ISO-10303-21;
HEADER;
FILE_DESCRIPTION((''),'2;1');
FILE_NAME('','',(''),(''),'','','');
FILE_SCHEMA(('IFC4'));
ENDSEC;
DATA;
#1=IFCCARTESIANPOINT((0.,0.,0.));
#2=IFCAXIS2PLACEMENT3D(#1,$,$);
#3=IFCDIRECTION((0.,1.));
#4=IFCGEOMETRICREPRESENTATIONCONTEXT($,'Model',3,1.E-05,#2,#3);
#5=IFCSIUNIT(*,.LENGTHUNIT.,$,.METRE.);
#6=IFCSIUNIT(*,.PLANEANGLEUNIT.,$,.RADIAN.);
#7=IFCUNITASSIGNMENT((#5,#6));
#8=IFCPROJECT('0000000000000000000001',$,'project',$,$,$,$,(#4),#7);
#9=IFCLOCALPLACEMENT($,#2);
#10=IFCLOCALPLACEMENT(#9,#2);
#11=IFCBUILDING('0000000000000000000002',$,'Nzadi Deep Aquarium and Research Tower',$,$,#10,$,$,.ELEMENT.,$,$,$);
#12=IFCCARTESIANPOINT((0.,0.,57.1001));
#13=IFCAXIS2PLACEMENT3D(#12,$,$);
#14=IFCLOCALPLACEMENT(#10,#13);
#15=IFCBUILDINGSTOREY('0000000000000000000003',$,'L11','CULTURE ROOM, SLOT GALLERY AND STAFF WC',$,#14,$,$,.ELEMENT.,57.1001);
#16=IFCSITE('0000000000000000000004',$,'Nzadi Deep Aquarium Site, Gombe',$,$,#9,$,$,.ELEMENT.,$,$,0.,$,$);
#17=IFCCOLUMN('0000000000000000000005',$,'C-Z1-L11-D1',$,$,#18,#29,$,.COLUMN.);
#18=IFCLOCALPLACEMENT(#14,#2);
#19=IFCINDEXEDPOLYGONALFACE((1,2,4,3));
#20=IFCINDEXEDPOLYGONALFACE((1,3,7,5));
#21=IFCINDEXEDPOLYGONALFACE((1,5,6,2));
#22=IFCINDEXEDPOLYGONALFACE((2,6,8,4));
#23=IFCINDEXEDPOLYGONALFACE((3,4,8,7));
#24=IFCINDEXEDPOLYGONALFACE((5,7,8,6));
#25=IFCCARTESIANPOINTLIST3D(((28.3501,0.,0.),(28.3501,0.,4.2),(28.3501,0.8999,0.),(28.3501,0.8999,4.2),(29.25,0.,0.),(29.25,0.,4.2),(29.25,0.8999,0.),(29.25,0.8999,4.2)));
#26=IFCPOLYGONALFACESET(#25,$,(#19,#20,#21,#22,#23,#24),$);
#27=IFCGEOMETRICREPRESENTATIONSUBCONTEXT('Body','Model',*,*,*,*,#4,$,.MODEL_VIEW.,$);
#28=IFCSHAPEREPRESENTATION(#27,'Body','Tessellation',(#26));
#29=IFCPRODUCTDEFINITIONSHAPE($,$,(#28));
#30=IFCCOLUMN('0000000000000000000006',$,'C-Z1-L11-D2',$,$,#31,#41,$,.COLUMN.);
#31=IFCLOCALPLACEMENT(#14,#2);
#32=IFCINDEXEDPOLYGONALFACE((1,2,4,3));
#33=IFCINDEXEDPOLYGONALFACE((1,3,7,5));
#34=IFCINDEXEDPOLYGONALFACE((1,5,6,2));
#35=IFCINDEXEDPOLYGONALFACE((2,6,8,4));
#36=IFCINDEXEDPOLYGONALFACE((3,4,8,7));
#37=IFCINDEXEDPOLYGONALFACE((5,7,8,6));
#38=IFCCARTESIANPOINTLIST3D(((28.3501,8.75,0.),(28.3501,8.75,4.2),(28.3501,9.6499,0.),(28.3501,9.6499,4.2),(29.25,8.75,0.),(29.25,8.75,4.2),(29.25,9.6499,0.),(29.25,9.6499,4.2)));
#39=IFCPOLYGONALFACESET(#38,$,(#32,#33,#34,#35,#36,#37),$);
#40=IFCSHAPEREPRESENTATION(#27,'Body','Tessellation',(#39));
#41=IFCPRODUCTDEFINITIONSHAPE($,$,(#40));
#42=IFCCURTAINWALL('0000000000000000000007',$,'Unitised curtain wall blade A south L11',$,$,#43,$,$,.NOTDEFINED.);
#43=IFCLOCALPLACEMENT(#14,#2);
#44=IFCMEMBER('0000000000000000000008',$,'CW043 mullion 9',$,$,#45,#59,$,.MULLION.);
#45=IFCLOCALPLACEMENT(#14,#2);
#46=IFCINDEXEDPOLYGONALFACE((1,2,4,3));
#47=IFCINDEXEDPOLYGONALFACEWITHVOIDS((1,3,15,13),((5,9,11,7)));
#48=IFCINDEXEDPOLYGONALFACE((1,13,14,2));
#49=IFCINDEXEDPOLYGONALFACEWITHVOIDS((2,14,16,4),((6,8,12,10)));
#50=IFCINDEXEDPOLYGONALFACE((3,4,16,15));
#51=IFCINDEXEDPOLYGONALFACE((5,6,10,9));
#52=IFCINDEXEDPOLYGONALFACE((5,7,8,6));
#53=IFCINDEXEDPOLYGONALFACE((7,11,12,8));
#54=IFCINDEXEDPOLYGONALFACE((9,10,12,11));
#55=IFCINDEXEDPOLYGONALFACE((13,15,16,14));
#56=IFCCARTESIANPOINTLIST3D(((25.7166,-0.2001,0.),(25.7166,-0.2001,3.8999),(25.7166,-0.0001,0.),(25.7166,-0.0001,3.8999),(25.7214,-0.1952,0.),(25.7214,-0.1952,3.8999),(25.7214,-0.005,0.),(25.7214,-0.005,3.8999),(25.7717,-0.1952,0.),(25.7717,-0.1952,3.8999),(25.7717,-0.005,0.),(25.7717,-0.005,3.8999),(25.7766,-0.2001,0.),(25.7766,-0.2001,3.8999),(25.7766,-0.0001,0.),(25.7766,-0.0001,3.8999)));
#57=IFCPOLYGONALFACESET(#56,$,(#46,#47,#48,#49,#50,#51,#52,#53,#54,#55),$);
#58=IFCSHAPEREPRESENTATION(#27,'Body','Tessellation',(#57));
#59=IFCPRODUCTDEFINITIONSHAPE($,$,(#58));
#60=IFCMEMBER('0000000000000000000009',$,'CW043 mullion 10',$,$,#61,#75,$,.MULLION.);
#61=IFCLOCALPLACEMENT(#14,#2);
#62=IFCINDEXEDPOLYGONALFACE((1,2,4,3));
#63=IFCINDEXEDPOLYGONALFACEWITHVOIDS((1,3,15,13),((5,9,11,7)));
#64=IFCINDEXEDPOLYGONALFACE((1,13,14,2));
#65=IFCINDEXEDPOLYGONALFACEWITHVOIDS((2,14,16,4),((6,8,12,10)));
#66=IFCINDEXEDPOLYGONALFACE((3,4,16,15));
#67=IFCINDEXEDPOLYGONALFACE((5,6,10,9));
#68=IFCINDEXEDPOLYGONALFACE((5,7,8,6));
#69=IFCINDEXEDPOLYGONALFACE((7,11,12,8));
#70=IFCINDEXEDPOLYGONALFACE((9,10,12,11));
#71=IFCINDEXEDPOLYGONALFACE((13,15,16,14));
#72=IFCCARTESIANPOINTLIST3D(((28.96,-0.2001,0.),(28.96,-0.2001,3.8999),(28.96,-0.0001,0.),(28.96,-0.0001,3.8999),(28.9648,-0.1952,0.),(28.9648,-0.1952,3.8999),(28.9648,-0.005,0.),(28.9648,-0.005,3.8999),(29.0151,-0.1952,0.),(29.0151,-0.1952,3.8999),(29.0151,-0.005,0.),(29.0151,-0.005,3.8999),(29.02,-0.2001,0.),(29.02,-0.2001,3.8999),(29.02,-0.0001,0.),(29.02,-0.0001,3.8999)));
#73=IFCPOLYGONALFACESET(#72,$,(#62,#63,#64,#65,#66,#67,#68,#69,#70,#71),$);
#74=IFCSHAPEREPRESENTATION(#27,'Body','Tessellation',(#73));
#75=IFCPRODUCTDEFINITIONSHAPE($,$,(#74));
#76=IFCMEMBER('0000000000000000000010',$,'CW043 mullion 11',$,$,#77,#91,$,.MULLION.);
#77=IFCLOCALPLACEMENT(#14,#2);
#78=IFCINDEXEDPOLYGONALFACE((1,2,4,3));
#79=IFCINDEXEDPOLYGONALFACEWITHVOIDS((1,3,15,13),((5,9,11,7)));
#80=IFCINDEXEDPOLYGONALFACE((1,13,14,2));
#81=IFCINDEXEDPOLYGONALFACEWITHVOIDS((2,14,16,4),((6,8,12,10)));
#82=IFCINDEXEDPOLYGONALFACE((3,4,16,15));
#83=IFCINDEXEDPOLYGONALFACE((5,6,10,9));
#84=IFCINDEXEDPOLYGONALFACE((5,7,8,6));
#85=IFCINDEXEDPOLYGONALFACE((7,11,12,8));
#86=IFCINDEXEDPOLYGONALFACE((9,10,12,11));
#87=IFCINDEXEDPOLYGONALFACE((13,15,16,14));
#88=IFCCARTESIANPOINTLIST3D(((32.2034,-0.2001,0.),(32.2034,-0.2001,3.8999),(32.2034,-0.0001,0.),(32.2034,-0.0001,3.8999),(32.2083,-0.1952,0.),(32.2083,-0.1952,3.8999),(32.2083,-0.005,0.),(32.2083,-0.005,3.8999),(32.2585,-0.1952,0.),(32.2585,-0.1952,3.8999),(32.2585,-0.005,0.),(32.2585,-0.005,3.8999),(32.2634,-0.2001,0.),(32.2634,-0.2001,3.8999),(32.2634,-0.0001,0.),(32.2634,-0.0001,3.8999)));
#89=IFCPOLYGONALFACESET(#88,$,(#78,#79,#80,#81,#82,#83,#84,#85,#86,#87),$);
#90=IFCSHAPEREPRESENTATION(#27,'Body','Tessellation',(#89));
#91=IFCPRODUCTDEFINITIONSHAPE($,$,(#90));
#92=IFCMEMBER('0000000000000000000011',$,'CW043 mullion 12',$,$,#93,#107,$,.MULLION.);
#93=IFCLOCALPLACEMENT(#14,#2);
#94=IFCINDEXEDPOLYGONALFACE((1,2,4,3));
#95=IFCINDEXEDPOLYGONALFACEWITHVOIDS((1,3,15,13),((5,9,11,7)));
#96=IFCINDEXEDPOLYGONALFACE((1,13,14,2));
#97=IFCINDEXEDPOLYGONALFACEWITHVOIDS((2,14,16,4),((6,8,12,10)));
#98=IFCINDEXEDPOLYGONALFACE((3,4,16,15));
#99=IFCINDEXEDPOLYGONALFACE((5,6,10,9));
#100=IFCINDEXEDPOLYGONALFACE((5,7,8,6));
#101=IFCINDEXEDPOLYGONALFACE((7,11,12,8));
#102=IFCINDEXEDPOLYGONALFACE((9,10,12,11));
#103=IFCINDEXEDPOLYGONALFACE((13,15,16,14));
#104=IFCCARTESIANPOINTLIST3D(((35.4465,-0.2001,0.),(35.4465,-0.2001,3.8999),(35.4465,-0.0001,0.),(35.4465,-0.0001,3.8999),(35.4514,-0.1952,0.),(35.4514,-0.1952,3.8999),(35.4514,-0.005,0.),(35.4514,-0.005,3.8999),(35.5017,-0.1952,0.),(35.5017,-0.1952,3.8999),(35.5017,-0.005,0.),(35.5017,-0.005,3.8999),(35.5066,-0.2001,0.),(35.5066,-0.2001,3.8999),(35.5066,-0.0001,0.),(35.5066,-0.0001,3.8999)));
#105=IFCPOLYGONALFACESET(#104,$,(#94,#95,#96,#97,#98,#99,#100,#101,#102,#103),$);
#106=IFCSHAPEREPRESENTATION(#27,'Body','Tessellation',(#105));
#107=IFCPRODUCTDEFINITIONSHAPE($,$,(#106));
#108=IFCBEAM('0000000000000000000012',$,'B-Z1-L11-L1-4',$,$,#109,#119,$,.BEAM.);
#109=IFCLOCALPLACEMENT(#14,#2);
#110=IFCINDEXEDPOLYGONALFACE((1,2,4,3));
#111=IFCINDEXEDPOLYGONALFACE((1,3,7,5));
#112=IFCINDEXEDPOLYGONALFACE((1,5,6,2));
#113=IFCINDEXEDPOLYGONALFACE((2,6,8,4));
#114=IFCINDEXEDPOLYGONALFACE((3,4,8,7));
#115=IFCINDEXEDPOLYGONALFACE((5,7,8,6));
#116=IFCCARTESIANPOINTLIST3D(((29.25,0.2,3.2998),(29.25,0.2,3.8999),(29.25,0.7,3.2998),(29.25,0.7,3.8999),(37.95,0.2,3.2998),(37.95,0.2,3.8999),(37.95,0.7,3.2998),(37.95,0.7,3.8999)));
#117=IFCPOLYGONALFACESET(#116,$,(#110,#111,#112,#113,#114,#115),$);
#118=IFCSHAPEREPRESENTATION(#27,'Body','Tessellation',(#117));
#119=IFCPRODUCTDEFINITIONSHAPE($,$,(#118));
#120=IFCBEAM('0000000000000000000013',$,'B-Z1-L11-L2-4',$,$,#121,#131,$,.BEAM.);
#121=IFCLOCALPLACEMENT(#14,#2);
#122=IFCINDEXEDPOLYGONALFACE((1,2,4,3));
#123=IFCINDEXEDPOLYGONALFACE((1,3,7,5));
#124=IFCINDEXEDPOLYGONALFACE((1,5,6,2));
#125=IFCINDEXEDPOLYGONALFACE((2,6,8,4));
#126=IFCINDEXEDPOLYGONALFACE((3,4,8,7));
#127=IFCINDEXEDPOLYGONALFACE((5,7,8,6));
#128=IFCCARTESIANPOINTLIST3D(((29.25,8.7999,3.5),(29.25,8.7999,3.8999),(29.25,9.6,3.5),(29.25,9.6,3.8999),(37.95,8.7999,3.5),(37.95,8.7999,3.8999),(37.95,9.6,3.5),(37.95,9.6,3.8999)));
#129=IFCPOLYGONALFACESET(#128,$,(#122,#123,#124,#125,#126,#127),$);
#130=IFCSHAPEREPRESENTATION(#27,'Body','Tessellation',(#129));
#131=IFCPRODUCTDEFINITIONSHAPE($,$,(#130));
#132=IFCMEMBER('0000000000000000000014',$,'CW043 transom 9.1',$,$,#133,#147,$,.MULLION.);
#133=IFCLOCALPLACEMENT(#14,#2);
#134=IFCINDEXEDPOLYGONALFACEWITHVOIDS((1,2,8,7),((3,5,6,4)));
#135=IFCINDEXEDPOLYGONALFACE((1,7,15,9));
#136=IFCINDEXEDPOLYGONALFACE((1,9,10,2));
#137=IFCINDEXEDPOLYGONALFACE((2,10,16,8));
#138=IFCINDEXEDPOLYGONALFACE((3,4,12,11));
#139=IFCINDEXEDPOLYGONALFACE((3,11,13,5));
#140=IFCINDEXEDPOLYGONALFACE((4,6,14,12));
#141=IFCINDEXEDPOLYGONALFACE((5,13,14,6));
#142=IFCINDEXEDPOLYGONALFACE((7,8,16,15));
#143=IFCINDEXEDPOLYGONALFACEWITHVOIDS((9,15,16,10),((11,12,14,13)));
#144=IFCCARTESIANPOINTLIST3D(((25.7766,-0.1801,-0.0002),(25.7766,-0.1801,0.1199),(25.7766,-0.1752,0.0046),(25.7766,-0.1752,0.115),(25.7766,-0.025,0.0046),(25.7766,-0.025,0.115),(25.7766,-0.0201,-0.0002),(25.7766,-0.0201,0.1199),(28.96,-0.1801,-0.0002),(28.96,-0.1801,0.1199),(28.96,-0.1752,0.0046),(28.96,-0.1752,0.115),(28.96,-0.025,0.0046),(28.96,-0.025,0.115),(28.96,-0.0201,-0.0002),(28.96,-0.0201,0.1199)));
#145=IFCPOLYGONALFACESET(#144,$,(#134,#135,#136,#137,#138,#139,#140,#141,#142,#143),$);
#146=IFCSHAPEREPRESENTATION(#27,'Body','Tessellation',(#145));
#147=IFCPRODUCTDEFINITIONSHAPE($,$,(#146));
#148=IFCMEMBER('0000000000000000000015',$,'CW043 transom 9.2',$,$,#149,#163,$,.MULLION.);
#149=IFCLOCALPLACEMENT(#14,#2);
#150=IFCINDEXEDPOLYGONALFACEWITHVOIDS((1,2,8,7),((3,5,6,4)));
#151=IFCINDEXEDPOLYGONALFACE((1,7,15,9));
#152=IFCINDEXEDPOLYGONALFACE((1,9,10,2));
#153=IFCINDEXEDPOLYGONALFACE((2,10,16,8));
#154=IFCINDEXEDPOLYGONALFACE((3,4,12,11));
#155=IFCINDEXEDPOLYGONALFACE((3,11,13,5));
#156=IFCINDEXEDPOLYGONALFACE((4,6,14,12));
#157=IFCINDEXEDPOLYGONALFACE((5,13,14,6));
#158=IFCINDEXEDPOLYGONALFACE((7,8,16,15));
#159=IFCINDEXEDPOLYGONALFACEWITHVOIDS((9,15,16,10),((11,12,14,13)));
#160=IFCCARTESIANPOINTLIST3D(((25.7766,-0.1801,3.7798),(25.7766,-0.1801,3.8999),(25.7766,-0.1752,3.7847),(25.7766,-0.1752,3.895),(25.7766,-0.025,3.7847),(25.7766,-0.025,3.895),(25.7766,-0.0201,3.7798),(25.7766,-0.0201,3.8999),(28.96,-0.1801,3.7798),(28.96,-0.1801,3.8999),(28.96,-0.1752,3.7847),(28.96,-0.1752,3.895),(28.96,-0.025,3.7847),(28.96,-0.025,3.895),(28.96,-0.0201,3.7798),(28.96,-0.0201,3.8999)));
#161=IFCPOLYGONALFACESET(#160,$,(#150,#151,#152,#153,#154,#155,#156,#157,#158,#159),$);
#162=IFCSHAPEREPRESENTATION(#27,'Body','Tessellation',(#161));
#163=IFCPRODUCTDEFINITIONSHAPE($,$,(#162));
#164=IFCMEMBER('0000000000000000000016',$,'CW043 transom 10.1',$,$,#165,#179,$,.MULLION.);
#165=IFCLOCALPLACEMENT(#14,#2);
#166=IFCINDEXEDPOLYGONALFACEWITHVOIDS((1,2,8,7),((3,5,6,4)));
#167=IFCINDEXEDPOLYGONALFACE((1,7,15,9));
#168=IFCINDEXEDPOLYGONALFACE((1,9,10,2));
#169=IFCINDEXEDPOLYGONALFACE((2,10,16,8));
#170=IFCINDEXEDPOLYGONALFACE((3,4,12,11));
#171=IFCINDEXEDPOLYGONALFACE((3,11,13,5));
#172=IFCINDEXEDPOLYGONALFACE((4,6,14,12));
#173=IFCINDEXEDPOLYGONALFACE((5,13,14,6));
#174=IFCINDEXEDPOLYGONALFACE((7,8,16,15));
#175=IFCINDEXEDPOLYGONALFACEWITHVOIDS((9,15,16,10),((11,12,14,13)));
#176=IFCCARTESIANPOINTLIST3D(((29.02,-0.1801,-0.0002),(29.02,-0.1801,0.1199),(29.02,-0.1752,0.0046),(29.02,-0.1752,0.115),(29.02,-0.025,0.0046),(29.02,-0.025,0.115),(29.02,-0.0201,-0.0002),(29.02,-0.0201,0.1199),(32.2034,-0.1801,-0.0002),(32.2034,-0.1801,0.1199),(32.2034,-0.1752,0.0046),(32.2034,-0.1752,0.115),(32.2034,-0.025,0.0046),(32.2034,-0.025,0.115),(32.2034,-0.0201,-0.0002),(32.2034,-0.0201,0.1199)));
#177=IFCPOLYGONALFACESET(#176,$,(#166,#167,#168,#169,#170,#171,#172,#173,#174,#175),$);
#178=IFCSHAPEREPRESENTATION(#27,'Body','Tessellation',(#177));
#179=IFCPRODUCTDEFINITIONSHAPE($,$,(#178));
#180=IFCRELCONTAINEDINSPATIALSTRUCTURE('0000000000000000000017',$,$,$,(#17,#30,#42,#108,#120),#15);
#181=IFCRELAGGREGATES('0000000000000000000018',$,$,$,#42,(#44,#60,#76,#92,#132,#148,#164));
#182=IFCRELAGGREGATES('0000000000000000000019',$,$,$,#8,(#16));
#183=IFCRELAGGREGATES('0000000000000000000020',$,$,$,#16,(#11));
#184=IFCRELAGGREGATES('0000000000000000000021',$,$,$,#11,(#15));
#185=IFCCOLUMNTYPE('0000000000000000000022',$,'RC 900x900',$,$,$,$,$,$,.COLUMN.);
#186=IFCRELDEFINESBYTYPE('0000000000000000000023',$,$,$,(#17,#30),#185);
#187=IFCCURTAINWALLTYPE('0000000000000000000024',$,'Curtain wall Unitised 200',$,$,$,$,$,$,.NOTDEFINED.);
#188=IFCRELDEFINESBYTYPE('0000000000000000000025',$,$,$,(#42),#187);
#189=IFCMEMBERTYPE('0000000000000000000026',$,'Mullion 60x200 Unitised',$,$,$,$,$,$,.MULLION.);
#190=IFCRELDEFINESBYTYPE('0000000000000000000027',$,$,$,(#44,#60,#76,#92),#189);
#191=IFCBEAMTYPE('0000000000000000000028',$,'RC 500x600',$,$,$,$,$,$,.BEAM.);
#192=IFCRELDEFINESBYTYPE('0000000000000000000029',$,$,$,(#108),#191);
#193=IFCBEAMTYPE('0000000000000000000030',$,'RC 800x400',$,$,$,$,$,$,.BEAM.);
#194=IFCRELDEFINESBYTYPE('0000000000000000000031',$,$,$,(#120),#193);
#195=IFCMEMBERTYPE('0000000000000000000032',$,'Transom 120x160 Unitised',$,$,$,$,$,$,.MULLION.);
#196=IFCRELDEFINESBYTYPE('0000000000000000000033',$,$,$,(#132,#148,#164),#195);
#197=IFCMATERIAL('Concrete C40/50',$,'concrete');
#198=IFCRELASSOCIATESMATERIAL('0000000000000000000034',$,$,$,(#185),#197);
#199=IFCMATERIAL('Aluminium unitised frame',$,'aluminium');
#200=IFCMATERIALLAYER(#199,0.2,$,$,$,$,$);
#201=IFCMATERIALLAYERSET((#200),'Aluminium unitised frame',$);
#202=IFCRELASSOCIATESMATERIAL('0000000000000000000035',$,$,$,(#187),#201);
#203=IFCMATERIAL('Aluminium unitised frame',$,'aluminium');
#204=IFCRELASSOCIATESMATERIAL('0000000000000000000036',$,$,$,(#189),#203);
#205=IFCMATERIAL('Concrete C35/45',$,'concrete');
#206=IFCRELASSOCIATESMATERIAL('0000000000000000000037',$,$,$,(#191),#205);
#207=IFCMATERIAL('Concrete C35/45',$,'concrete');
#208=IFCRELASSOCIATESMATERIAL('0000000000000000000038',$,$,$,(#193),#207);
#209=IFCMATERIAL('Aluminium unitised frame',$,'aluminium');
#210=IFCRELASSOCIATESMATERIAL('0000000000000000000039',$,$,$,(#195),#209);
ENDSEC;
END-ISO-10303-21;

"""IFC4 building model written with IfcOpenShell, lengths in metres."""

from ifc_helpers import new_model, si_unit, direction, frame, origin, origin_2d, place, context, subcontext, project, spatial, rectangle, hollow_rectangle, extrude, material, layer, layer_set, material_profile, profile_set, type_object, element, aggregate, save


model = new_model("IFC4")

# Units and contexts
model_context = context("Model", 3, precision=1e-05, world=origin(), true_north=direction((0.0, 1.0)))
body_context = subcontext(model_context, "Body", "Model", "MODEL_VIEW")
ifc_project = project(units=[si_unit("LENGTHUNIT", "METRE"), si_unit("PLANEANGLEUNIT", "RADIAN")], contexts=[model_context])

# Site, building, storey
site_placement = place(None, origin())
site = spatial("IfcSite", under=ifc_project, at=site_placement, Name="Nzadi Deep Aquarium Site, Gombe", CompositionType="ELEMENT", RefElevation=0.0)
building_placement = place(site_placement, origin())
building = spatial("IfcBuilding", under=site, at=building_placement, Name="Nzadi Deep Aquarium and Research Tower", CompositionType="ELEMENT")
storey_placement = place(building_placement, frame((0.0, 0.0, 57.1001)))
storey = spatial("IfcBuildingStorey", under=building, at=storey_placement, Name="L11", Description="CULTURE ROOM, SLOT GALLERY AND STAFF WC", CompositionType="ELEMENT", Elevation=57.1001)

# Columns
ifc_material_1 = material(Name="Concrete C40/50", Category="concrete")
ifc_material_profile_1 = material_profile(ifc_material_1, rectangle(XDim=0.8999, YDim=0.8999, at=origin_2d()))
ifc_profile_set_1 = profile_set([ifc_material_profile_1], Name="Concrete C40/50")
column_type = type_object("IfcColumnType", Name="RC 900x900", PredefinedType="COLUMN", material=ifc_profile_set_1)
for number, where, z_axis, x_axis, name in (
    (1, (28.8, 0.45, 0.0), (0.0, 0.0, 1.0), (1.0, 0.0, 0.0), "C-Z1-L11-D1"),
    (2, (28.8, 9.2, 0.0), (0.0, 0.0, 1.0), (1.0, 0.0, 0.0), "C-Z1-L11-D2"),
):
    element("IfcColumn", number, at=place(storey_placement, frame(where, z_axis=z_axis, x_axis=x_axis)), inside=storey, type_object=column_type, Name=name, PredefinedType="COLUMN", context=body_context, shape_type="SweptSolid", body=[
        extrude(rectangle(XDim=0.8999, YDim=0.8999, at=origin_2d()), origin(), (0.0, 0.0, 1.0), 4.2),
    ])

# Curtain wall, members
ifc_material_2 = material(Name="Aluminium unitised frame", Category="aluminium")
ifc_layer_1 = layer(ifc_material_2, 0.2)
ifc_layer_set_1 = layer_set([ifc_layer_1], Name="Aluminium unitised frame")
curtain_wall_type = type_object("IfcCurtainWallType", Name="Curtain wall Unitised 200", PredefinedType="NOTDEFINED", material=ifc_layer_set_1)
curtain_wall_placement = place(storey_placement, origin())
curtain_wall = element("IfcCurtainWall", 3, at=curtain_wall_placement, inside=storey, type_object=curtain_wall_type, Name="Unitised curtain wall blade A south L11", PredefinedType="NOTDEFINED")
ifc_material_3 = material(Name="Aluminium unitised frame", Category="aluminium")
ifc_material_profile_2 = material_profile(ifc_material_3, hollow_rectangle(XDim=0.2, YDim=0.0601, WallThickness=0.0049, at=origin_2d()))
ifc_profile_set_2 = profile_set([ifc_material_profile_2], Name="Aluminium unitised frame")
member_type_1 = type_object("IfcMemberType", Name="Mullion 60x200 Unitised", PredefinedType="MULLION", material=ifc_profile_set_2)
member_1_placement = place(storey_placement, frame((25.7466, -0.1001, 0.0), z_axis=(0.0, 0.0, 1.0), x_axis=(0.0, 1.0, 0.0)))
member_1 = element("IfcMember", 4, at=member_1_placement, type_object=member_type_1, Name="CW043 mullion 9", PredefinedType="MULLION", context=body_context, shape_type="SweptSolid", body=[
    extrude(hollow_rectangle(XDim=0.2, YDim=0.0601, WallThickness=0.0049, at=origin_2d()), origin(), (0.0, 0.0, 1.0), 3.8999),
])
member_2_placement = place(storey_placement, frame((28.99, -0.1001, 0.0), z_axis=(0.0, 0.0, 1.0), x_axis=(0.0, 1.0, 0.0)))
member_2 = element("IfcMember", 5, at=member_2_placement, type_object=member_type_1, Name="CW043 mullion 10", PredefinedType="MULLION", context=body_context, shape_type="SweptSolid", body=[
    extrude(hollow_rectangle(XDim=0.2, YDim=0.0601, WallThickness=0.0049, at=origin_2d()), origin(), (0.0, 0.0, 1.0), 3.8999),
])
member_3_placement = place(storey_placement, frame((32.2334, -0.1001, 0.0), z_axis=(0.0, 0.0, 1.0), x_axis=(0.0, 1.0, 0.0)))
member_3 = element("IfcMember", 6, at=member_3_placement, type_object=member_type_1, Name="CW043 mullion 11", PredefinedType="MULLION", context=body_context, shape_type="SweptSolid", body=[
    extrude(hollow_rectangle(XDim=0.2, YDim=0.0601, WallThickness=0.0049, at=origin_2d()), origin(), (0.0, 0.0, 1.0), 3.8999),
])
member_4_placement = place(storey_placement, frame((35.4766, -0.1001, 0.0), z_axis=(0.0, 0.0, 1.0), x_axis=(0.0, 1.0, 0.0)))
member_4 = element("IfcMember", 7, at=member_4_placement, type_object=member_type_1, Name="CW043 mullion 12", PredefinedType="MULLION", context=body_context, shape_type="SweptSolid", body=[
    extrude(hollow_rectangle(XDim=0.2, YDim=0.0601, WallThickness=0.0049, at=origin_2d()), origin(), (0.0, 0.0, 1.0), 3.8999),
])

# Beams
ifc_material_4 = material(Name="Concrete C35/45", Category="concrete")
ifc_material_profile_3 = material_profile(ifc_material_4, rectangle(XDim=0.5, YDim=0.6001, at=origin_2d()))
ifc_profile_set_3 = profile_set([ifc_material_profile_3], Name="Concrete C35/45")
beam_type_1 = type_object("IfcBeamType", Name="RC 500x600", PredefinedType="BEAM", material=ifc_profile_set_3)
beam_1_placement = place(storey_placement, frame((29.25, 0.45, 3.5999), z_axis=(1.0, 0.0, 0.0), x_axis=(0.0, 1.0, 0.0)))
element("IfcBeam", 8, at=beam_1_placement, inside=storey, type_object=beam_type_1, Name="B-Z1-L11-L1-4", PredefinedType="BEAM", context=body_context, shape_type="SweptSolid", body=[
    extrude(rectangle(XDim=0.5, YDim=0.6001, at=origin_2d()), origin(), (0.0, 0.0, 1.0), 8.7),
])
ifc_material_5 = material(Name="Concrete C35/45", Category="concrete")
ifc_material_profile_4 = material_profile(ifc_material_5, rectangle(XDim=0.8, YDim=0.3999, at=origin_2d()))
ifc_profile_set_4 = profile_set([ifc_material_profile_4], Name="Concrete C35/45")
beam_type_2 = type_object("IfcBeamType", Name="RC 800x400", PredefinedType="BEAM", material=ifc_profile_set_4)
beam_2_placement = place(storey_placement, frame((29.25, 9.2, 3.7), z_axis=(1.0, 0.0, 0.0), x_axis=(0.0, 1.0, 0.0)))
element("IfcBeam", 9, at=beam_2_placement, inside=storey, type_object=beam_type_2, Name="B-Z1-L11-L2-4", PredefinedType="BEAM", context=body_context, shape_type="SweptSolid", body=[
    extrude(rectangle(XDim=0.8, YDim=0.3999, at=origin_2d()), origin(), (0.0, 0.0, 1.0), 8.7),
])

# Members
ifc_material_6 = material(Name="Aluminium unitised frame", Category="aluminium")
ifc_material_profile_5 = material_profile(ifc_material_6, hollow_rectangle(XDim=0.1599, YDim=0.1201, WallThickness=0.0049, at=origin_2d()))
ifc_profile_set_5 = profile_set([ifc_material_profile_5], Name="Aluminium unitised frame")
member_type_2 = type_object("IfcMemberType", Name="Transom 120x160 Unitised", PredefinedType="MULLION", material=ifc_profile_set_5)
member_5_placement = place(storey_placement, frame((25.7766, -0.1001, 0.0598), z_axis=(1.0, 0.0, 0.0), x_axis=(0.0, 1.0, 0.0)))
member_5 = element("IfcMember", 10, at=member_5_placement, type_object=member_type_2, Name="CW043 transom 9.1", PredefinedType="MULLION", context=body_context, shape_type="SweptSolid", body=[
    extrude(hollow_rectangle(XDim=0.1599, YDim=0.1201, WallThickness=0.0049, at=origin_2d()), origin(), (0.0, 0.0, 1.0), 3.1833),
])
member_6_placement = place(storey_placement, frame((25.7766, -0.1001, 3.8398), z_axis=(1.0, 0.0, 0.0), x_axis=(0.0, 1.0, 0.0)))
member_6 = element("IfcMember", 11, at=member_6_placement, type_object=member_type_2, Name="CW043 transom 9.2", PredefinedType="MULLION", context=body_context, shape_type="SweptSolid", body=[
    extrude(hollow_rectangle(XDim=0.1599, YDim=0.1201, WallThickness=0.0049, at=origin_2d()), origin(), (0.0, 0.0, 1.0), 3.1833),
])
member_7_placement = place(storey_placement, frame((29.02, -0.1001, 0.0598), z_axis=(1.0, 0.0, 0.0), x_axis=(0.0, 1.0, 0.0)))
member_7 = element("IfcMember", 12, at=member_7_placement, type_object=member_type_2, Name="CW043 transom 10.1", PredefinedType="MULLION", context=body_context, shape_type="SweptSolid", body=[
    extrude(hollow_rectangle(XDim=0.1599, YDim=0.1201, WallThickness=0.0049, at=origin_2d()), origin(), (0.0, 0.0, 1.0), 3.1833),
])

aggregate(curtain_wall, [member_1, member_2, member_3, member_4, member_5, member_6, member_7])

save(model, "model.ifc")
